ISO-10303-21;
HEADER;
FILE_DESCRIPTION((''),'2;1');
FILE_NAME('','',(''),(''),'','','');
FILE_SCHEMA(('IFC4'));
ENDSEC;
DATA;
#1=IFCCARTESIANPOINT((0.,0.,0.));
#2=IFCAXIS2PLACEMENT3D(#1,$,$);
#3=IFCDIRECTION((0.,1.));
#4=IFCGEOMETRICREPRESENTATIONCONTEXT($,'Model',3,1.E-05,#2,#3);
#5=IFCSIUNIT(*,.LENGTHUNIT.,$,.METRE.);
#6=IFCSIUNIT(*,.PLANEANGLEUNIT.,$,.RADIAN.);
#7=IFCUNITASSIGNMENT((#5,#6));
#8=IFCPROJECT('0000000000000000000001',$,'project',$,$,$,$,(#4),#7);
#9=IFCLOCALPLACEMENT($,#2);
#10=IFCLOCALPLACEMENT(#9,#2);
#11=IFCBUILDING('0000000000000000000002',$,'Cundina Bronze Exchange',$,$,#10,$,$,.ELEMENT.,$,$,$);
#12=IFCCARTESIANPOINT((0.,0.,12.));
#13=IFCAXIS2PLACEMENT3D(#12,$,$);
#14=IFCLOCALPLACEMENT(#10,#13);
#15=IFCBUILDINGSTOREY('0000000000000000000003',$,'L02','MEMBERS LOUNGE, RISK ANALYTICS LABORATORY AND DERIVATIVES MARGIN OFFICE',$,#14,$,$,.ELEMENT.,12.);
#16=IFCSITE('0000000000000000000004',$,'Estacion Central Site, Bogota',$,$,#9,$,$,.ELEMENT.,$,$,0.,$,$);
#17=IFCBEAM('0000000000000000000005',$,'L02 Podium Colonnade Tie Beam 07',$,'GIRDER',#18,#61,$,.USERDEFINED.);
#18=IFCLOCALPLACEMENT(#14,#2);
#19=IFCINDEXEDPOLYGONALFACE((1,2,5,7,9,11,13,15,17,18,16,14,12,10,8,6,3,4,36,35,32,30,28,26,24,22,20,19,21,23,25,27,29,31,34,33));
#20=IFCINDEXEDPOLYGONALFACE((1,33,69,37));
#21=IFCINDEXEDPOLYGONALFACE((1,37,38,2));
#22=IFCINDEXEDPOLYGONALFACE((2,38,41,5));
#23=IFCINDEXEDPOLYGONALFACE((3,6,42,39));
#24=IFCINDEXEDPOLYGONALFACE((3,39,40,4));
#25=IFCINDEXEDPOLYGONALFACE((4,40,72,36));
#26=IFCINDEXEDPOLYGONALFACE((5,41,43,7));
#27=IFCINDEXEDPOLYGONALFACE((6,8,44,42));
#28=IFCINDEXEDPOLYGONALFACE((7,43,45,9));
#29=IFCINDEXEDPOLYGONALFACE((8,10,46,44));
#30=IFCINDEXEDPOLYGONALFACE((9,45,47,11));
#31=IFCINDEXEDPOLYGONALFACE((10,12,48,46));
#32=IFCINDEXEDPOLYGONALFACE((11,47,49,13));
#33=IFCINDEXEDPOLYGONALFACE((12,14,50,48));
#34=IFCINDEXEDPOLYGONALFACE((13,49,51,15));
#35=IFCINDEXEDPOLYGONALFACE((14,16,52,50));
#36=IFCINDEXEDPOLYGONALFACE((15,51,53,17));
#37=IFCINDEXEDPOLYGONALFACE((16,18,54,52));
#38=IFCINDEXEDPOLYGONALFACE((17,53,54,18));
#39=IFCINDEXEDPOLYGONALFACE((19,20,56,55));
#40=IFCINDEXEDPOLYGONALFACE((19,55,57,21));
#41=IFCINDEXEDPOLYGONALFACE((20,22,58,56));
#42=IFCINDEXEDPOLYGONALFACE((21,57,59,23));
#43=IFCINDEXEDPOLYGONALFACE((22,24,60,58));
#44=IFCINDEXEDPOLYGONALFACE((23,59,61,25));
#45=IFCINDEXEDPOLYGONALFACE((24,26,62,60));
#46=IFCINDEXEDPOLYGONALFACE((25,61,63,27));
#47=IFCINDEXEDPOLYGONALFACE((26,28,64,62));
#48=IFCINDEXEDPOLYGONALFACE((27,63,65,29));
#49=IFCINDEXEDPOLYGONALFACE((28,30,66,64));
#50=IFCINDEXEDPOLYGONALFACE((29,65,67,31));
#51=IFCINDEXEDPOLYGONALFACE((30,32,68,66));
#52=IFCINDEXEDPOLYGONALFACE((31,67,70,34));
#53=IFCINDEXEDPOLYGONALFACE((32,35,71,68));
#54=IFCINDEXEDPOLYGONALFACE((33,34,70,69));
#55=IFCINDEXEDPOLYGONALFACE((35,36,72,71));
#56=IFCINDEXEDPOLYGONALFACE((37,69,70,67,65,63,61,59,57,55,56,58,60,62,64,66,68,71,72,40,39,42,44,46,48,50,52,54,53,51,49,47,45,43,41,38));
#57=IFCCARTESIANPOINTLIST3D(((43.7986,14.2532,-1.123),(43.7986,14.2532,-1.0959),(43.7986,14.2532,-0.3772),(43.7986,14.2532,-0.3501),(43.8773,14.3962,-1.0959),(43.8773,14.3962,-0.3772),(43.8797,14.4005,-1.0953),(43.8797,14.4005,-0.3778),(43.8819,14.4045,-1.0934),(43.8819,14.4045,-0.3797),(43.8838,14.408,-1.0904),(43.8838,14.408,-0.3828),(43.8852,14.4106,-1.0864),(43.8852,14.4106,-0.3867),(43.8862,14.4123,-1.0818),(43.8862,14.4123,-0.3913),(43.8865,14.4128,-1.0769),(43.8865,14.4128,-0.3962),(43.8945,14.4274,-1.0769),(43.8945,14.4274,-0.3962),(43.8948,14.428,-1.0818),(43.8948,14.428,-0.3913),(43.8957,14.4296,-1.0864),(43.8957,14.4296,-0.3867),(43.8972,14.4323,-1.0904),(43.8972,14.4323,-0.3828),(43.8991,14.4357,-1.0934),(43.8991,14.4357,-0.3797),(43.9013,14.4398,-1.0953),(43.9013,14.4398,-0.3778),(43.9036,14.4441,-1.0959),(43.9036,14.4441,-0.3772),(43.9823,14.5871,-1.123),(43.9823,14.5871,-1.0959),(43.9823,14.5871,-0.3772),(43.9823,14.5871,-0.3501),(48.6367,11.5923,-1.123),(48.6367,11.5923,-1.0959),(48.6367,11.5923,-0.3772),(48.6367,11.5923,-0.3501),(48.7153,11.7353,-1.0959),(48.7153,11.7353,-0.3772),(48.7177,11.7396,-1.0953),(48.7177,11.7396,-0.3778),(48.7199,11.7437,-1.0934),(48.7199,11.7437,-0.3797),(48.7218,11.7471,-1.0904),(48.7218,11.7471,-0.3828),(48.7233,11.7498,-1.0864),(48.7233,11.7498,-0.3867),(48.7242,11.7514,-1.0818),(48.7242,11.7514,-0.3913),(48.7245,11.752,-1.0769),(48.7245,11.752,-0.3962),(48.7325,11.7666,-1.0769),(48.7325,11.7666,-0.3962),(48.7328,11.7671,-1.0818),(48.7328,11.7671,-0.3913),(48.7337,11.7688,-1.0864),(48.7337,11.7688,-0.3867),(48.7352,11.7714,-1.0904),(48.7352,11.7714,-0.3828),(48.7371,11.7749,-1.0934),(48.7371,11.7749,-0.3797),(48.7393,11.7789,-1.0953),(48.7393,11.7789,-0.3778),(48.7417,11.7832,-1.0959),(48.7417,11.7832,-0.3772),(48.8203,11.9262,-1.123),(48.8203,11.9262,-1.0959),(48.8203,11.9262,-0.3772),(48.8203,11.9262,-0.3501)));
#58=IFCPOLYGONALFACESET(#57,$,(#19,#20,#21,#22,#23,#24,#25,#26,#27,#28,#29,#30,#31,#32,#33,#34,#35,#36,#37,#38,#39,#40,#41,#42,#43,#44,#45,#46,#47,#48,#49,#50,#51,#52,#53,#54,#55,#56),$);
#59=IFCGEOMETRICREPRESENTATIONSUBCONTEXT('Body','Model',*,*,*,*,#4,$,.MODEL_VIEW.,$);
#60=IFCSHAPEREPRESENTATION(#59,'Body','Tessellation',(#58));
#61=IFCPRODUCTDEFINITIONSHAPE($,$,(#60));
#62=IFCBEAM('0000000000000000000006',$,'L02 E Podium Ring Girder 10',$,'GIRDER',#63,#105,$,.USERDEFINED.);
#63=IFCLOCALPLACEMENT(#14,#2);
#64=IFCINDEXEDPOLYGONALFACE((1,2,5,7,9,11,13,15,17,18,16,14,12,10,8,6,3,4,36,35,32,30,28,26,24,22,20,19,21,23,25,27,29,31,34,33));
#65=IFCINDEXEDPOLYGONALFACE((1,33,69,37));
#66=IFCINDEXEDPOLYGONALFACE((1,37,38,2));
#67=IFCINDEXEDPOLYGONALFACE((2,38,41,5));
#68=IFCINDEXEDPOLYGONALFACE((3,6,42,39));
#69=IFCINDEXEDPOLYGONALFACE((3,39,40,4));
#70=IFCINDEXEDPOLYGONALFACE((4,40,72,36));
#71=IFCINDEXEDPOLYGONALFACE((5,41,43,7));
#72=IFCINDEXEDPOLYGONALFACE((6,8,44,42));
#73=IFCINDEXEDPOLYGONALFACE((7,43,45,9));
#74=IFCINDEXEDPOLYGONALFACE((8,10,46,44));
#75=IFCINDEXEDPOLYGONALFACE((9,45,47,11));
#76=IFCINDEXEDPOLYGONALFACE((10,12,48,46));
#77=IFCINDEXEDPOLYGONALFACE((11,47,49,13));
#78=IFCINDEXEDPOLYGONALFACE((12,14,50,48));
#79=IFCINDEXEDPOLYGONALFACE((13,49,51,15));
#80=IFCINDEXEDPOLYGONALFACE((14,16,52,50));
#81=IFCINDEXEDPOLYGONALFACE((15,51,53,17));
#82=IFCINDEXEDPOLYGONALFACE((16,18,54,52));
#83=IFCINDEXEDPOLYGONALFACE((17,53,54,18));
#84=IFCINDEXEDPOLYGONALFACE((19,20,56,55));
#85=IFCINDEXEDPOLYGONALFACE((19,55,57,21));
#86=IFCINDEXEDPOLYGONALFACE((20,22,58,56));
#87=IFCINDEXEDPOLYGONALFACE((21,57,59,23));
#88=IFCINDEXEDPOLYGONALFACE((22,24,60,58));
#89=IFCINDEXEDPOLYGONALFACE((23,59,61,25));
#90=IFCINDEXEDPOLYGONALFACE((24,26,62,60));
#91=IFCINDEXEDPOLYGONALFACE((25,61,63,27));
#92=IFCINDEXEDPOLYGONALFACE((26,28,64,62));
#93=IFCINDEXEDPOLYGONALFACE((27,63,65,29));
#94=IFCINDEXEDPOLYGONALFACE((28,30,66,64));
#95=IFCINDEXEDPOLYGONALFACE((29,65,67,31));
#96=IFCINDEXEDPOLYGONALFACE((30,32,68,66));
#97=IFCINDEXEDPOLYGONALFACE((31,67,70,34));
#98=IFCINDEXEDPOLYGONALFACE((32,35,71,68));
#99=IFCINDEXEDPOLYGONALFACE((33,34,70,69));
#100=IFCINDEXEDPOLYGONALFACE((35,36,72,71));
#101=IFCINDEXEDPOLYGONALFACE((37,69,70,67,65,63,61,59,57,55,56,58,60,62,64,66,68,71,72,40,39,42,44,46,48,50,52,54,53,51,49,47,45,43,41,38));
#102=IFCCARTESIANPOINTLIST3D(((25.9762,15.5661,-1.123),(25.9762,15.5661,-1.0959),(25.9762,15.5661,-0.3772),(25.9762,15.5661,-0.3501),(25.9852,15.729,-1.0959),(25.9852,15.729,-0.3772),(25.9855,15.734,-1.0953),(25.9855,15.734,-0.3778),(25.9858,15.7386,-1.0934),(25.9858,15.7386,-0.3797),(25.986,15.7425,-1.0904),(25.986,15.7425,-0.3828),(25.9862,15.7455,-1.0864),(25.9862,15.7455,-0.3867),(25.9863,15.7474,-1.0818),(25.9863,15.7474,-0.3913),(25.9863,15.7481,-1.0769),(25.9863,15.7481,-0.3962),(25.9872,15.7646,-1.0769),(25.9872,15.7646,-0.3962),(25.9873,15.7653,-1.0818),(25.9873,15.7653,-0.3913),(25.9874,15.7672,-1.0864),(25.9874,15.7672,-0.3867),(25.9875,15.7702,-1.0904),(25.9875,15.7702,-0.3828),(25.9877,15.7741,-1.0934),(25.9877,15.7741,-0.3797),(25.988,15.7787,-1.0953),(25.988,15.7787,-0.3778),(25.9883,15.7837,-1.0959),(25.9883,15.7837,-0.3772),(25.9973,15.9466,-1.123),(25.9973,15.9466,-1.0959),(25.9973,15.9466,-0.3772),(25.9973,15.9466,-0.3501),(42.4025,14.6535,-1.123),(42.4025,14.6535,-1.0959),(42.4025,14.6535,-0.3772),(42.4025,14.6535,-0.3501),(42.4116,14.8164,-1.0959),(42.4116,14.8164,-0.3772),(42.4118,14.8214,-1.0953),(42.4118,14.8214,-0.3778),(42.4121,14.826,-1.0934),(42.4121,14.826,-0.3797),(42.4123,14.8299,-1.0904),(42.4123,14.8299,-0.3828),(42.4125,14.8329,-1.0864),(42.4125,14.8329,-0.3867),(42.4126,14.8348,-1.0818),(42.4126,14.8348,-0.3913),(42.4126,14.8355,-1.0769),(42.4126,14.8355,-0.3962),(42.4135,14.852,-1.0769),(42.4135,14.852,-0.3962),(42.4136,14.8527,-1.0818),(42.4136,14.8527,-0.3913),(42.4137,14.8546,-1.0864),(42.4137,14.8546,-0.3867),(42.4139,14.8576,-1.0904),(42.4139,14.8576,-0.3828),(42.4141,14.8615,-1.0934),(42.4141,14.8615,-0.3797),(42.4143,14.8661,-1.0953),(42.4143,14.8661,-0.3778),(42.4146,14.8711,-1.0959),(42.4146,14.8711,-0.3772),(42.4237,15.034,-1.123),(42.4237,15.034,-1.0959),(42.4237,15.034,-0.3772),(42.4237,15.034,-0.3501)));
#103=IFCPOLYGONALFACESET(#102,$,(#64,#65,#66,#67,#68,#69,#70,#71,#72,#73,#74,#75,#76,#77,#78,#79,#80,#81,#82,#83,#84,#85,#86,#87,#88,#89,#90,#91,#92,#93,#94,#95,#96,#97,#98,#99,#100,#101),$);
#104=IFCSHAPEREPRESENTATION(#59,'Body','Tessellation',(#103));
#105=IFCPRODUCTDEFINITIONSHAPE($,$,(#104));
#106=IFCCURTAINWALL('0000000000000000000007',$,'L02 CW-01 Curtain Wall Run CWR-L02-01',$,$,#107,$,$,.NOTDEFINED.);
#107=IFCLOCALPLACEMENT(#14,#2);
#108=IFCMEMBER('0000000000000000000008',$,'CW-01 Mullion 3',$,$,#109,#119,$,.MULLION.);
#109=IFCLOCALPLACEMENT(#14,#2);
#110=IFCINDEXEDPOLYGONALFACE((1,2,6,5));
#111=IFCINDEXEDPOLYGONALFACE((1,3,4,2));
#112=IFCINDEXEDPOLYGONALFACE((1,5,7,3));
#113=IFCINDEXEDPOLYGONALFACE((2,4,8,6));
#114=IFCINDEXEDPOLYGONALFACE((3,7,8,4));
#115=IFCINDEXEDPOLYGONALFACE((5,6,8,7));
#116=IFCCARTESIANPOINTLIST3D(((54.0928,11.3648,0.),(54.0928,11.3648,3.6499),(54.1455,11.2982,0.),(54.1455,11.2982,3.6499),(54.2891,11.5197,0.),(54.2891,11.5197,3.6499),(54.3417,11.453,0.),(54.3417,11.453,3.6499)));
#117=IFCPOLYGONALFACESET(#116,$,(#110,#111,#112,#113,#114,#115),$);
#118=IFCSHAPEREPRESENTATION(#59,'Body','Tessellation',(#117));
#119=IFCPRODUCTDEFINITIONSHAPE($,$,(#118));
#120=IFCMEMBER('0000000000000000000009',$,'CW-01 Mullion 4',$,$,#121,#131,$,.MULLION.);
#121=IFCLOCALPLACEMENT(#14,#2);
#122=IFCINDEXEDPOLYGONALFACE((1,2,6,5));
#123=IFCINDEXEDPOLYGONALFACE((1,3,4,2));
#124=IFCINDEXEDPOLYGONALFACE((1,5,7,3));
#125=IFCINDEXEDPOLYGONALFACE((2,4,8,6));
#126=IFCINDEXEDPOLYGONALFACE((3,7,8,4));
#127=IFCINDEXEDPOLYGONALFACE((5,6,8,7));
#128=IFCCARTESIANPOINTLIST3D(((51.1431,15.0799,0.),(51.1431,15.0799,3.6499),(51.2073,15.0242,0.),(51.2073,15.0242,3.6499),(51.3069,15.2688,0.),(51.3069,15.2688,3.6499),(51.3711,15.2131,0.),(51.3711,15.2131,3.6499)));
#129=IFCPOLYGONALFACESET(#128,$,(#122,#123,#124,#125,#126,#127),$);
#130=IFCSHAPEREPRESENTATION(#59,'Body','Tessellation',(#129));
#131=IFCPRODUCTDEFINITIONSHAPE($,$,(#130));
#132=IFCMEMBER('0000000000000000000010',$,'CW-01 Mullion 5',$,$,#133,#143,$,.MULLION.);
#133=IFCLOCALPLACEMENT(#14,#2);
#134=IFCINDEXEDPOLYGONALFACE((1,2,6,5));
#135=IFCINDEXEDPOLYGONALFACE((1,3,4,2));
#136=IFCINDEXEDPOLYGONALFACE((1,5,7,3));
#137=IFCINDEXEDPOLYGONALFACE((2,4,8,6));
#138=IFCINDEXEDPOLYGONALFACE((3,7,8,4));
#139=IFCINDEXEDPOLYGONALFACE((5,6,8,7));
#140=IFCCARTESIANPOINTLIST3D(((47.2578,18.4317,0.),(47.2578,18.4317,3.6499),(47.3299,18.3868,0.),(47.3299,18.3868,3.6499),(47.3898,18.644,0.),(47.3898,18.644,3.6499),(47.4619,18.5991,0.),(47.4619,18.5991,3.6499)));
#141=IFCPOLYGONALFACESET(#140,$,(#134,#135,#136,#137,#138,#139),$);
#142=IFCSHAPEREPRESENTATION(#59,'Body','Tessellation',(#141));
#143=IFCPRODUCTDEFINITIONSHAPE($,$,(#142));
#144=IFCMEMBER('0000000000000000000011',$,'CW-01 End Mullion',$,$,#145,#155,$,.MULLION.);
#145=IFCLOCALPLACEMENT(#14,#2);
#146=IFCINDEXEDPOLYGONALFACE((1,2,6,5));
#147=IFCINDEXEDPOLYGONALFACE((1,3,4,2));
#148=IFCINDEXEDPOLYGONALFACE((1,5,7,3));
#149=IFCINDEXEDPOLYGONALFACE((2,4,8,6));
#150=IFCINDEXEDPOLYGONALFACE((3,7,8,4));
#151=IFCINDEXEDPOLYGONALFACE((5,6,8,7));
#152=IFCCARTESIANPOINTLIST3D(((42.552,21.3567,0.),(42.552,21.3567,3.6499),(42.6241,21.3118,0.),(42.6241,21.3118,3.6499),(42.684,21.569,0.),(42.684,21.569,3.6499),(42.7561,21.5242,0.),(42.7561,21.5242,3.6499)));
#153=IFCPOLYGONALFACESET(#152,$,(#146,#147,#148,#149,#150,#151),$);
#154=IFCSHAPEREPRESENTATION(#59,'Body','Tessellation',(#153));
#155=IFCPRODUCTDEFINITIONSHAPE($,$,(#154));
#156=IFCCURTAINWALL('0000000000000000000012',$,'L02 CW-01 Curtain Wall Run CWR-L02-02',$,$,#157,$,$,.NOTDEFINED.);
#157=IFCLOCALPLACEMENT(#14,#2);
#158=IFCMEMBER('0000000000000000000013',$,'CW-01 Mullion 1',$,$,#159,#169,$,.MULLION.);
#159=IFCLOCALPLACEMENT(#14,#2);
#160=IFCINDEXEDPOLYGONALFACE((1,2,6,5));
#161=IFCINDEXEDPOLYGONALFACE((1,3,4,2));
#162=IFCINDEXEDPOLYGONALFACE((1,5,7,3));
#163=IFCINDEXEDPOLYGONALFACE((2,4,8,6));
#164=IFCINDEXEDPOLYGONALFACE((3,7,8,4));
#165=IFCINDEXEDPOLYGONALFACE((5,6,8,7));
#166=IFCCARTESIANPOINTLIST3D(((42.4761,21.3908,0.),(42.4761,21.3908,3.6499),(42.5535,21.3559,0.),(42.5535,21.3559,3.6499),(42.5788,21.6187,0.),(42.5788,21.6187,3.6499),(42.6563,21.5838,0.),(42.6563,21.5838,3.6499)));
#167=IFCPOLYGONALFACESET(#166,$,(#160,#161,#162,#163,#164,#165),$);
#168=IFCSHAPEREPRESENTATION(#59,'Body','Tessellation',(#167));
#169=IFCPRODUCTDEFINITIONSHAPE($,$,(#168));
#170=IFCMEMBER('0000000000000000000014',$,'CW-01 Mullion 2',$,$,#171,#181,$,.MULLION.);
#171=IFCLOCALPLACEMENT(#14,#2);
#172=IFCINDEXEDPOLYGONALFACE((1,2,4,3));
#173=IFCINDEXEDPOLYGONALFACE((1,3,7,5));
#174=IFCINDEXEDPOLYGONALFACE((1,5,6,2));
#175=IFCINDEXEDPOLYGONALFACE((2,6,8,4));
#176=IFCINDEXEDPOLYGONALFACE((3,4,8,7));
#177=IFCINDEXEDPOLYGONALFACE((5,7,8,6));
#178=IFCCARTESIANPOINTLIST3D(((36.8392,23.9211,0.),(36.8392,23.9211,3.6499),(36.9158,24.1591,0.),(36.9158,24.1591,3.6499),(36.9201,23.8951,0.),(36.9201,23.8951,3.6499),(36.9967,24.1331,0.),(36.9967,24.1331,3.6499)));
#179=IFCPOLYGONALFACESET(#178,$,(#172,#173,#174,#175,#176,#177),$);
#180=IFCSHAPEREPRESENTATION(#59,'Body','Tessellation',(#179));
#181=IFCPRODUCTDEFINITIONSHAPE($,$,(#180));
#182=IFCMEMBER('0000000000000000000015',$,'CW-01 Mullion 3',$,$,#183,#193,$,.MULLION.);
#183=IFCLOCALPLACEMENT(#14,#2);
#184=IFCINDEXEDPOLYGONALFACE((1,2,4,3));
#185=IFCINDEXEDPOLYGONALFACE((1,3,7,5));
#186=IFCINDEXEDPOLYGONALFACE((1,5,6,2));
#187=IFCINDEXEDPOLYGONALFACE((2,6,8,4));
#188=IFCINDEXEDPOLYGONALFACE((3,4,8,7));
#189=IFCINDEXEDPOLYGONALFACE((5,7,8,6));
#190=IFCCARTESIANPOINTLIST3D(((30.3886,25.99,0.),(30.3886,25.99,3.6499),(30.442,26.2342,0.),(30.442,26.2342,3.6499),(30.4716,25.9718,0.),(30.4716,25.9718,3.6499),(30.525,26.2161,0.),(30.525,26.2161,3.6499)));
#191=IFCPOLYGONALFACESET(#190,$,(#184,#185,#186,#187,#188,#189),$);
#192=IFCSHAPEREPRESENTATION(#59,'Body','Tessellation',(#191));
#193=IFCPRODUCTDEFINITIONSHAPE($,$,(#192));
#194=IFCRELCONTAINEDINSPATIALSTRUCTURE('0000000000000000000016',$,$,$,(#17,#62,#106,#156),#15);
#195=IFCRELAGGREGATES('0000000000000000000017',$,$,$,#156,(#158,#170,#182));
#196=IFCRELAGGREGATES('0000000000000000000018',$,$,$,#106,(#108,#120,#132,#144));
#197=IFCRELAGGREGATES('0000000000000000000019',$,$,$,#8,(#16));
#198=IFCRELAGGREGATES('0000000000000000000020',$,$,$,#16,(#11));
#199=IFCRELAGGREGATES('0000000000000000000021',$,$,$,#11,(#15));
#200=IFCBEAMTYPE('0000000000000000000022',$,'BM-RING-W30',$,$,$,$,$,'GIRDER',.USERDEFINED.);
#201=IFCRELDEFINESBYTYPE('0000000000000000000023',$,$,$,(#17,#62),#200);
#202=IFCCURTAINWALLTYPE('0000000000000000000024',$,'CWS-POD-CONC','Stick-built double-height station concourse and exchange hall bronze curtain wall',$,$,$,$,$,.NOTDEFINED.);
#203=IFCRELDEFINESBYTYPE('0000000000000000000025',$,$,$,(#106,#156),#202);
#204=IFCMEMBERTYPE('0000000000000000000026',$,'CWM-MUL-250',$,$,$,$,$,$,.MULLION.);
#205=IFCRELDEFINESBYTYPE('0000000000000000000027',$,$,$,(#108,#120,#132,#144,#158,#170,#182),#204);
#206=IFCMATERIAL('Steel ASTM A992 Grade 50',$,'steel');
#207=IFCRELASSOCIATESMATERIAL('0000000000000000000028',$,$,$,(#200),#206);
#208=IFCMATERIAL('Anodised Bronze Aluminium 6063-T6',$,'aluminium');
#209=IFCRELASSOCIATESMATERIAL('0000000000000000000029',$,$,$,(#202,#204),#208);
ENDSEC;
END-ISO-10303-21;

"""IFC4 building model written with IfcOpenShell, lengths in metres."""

from ifc_helpers import new_model, si_unit, direction, frame, origin, origin_2d, place, context, subcontext, project, spatial, rectangle, i_section, extrude, material, material_profile, profile_set, type_object, element, aggregate, save


model = new_model("IFC4")

# Units and contexts
model_context = context("Model", 3, precision=1e-05, world=origin(), true_north=direction((0.0, 1.0)))
body_context = subcontext(model_context, "Body", "Model", "MODEL_VIEW")
ifc_project = project(units=[si_unit("LENGTHUNIT", "METRE"), si_unit("PLANEANGLEUNIT", "RADIAN")], contexts=[model_context])

# Site, building, storey
site_placement = place(None, origin())
site = spatial("IfcSite", under=ifc_project, at=site_placement, Name="Estacion Central Site, Bogota", CompositionType="ELEMENT", RefElevation=0.0)
building_placement = place(site_placement, origin())
building = spatial("IfcBuilding", under=site, at=building_placement, Name="Cundina Bronze Exchange", CompositionType="ELEMENT")
storey_placement = place(building_placement, frame((0.0, 0.0, 12.0)))
storey = spatial("IfcBuildingStorey", under=building, at=storey_placement, Name="L02", Description="MEMBERS LOUNGE, RISK ANALYTICS LABORATORY AND DERIVATIVES MARGIN OFFICE", CompositionType="ELEMENT", Elevation=12.0)

# Beams
ifc_material_1 = material(Name="Steel ASTM A992 Grade 50", Category="steel")
ifc_material_profile_1 = material_profile(ifc_material_1, i_section(OverallWidth=0.3811, OverallDepth=0.7729, WebThickness=0.0166, FlangeThickness=0.0271, FilletRadius=0.019, at=origin_2d()), Name="W30X173", Category="steel")
ifc_profile_set_1 = profile_set([ifc_material_profile_1], Name="Steel ASTM A992 Grade 50")
beam_type_1 = type_object("IfcBeamType", Name="BM-RING-W30", ElementType="GIRDER", PredefinedType="USERDEFINED", material=ifc_profile_set_1)
beam_1_placement = place(storey_placement, frame((48.7285, 11.7593, -0.7366), z_axis=(-0.876222, 0.481907, 0.0), x_axis=(-0.481907, -0.876222, 0.0)))
element("IfcBeam", 1, at=beam_1_placement, inside=storey, type_object=beam_type_1, Name="L02 Podium Colonnade Tie Beam 07", ObjectType="GIRDER", PredefinedType="USERDEFINED", context=body_context, shape_type="SweptSolid", body=[
    extrude(i_section(OverallWidth=0.3811, OverallDepth=0.7729, WebThickness=0.0166, FlangeThickness=0.0271, FilletRadius=0.019, at=origin_2d()), origin(), (0.0, 0.0, 1.0), 5.5215),
])
beam_2_placement = place(storey_placement, frame((42.4131, 14.8438, -0.7366), z_axis=(-0.99846, 0.055472, 0.0), x_axis=(-0.055472, -0.99846, 0.0)))
element("IfcBeam", 2, at=beam_2_placement, inside=storey, type_object=beam_type_1, Name="L02 E Podium Ring Girder 10", ObjectType="GIRDER", PredefinedType="USERDEFINED", context=body_context, shape_type="SweptSolid", body=[
    extrude(i_section(OverallWidth=0.3811, OverallDepth=0.7729, WebThickness=0.0166, FlangeThickness=0.0271, FilletRadius=0.019, at=origin_2d()), origin(), (0.0, 0.0, 1.0), 16.4517),
])

# Curtain walls, members
ifc_material_2 = material(Name="Anodised Bronze Aluminium 6063-T6", Category="aluminium")
curtain_wall_type = type_object("IfcCurtainWallType", Name="CWS-POD-CONC", Description="Stick-built double-height station concourse and exchange hall bronze curtain wall", PredefinedType="NOTDEFINED", material=ifc_material_2)
curtain_wall_1_placement = place(storey_placement, origin())
curtain_wall_1 = element("IfcCurtainWall", 3, at=curtain_wall_1_placement, inside=storey, type_object=curtain_wall_type, Name="L02 CW-01 Curtain Wall Run CWR-L02-01", PredefinedType="NOTDEFINED")
ifc_material_profile_2 = material_profile(ifc_material_2, rectangle(XDim=0.085, YDim=0.25, at=origin_2d()), Name="AL85X250", Category="aluminium")
ifc_profile_set_2 = profile_set([ifc_material_profile_2], Name="Anodised Bronze Aluminium 6063-T6")
member_type_1 = type_object("IfcMemberType", Name="CWM-MUL-250", PredefinedType="MULLION", material=ifc_profile_set_2)
member_1_placement = place(storey_placement, frame((54.2173, 11.4089, 0.0), z_axis=(0.0, 0.0, 1.0), x_axis=(-0.619505, 0.784993, 0.0)))
member_1 = element("IfcMember", 4, at=member_1_placement, type_object=member_type_1, Name="CW-01 Mullion 3", PredefinedType="MULLION", context=body_context, shape_type="SweptSolid", body=[
    extrude(rectangle(XDim=0.085, YDim=0.25, at=origin_2d()), origin(), (0.0, 0.0, 1.0), 3.6499),
])
member_2_placement = place(storey_placement, frame((51.2571, 15.1465, 0.0), z_axis=(0.0, 0.0, 1.0), x_axis=(-0.755511, 0.655136, 0.0)))
member_2 = element("IfcMember", 5, at=member_2_placement, type_object=member_type_1, Name="CW-01 Mullion 4", PredefinedType="MULLION", context=body_context, shape_type="SweptSolid", body=[
    extrude(rectangle(XDim=0.085, YDim=0.25, at=origin_2d()), origin(), (0.0, 0.0, 1.0), 3.6499),
])
member_3_placement = place(storey_placement, frame((47.3599, 18.5154, 0.0), z_axis=(0.0, 0.0, 1.0), x_axis=(-0.849248, 0.527994, 0.0)))
member_3 = element("IfcMember", 6, at=member_3_placement, type_object=member_type_1, Name="CW-01 Mullion 5", PredefinedType="MULLION", context=body_context, shape_type="SweptSolid", body=[
    extrude(rectangle(XDim=0.085, YDim=0.25, at=origin_2d()), origin(), (0.0, 0.0, 1.0), 3.6499),
])
member_4_placement = place(storey_placement, frame((42.6541, 21.4404, 0.0), z_axis=(0.0, 0.0, 1.0), x_axis=(-0.849248, 0.527994, 0.0)))
member_4 = element("IfcMember", 7, at=member_4_placement, type_object=member_type_1, Name="CW-01 End Mullion", PredefinedType="MULLION", context=body_context, shape_type="SweptSolid", body=[
    extrude(rectangle(XDim=0.085, YDim=0.25, at=origin_2d()), origin(), (0.0, 0.0, 1.0), 3.6499),
])
curtain_wall_2_placement = place(storey_placement, origin())
curtain_wall_2 = element("IfcCurtainWall", 8, at=curtain_wall_2_placement, inside=storey, type_object=curtain_wall_type, Name="L02 CW-01 Curtain Wall Run CWR-L02-02", PredefinedType="NOTDEFINED")
member_5_placement = place(storey_placement, frame((42.5662, 21.4873, 0.0), z_axis=(0.0, 0.0, 1.0), x_axis=(-0.911619, 0.411037, 0.0)))
member_5 = element("IfcMember", 9, at=member_5_placement, type_object=member_type_1, Name="CW-01 Mullion 1", PredefinedType="MULLION", context=body_context, shape_type="SweptSolid", body=[
    extrude(rectangle(XDim=0.085, YDim=0.25, at=origin_2d()), origin(), (0.0, 0.0, 1.0), 3.6499),
])
member_6_placement = place(storey_placement, frame((36.918, 24.0271, 0.0), z_axis=(0.0, 0.0, 1.0), x_axis=(-0.951862, 0.306526, 0.0)))
member_6 = element("IfcMember", 10, at=member_6_placement, type_object=member_type_1, Name="CW-01 Mullion 2", PredefinedType="MULLION", context=body_context, shape_type="SweptSolid", body=[
    extrude(rectangle(XDim=0.085, YDim=0.25, at=origin_2d()), origin(), (0.0, 0.0, 1.0), 3.6499),
])
member_7_placement = place(storey_placement, frame((30.4568, 26.103, 0.0), z_axis=(0.0, 0.0, 1.0), x_axis=(-0.976897, 0.213712, 0.0)))
member_7 = element("IfcMember", 11, at=member_7_placement, type_object=member_type_1, Name="CW-01 Mullion 3", PredefinedType="MULLION", context=body_context, shape_type="SweptSolid", body=[
    extrude(rectangle(XDim=0.085, YDim=0.25, at=origin_2d()), origin(), (0.0, 0.0, 1.0), 3.6499),
])

aggregate(curtain_wall_2, [member_5, member_6, member_7])
aggregate(curtain_wall_1, [member_1, member_2, member_3, member_4])

save(model, "model.ifc")
